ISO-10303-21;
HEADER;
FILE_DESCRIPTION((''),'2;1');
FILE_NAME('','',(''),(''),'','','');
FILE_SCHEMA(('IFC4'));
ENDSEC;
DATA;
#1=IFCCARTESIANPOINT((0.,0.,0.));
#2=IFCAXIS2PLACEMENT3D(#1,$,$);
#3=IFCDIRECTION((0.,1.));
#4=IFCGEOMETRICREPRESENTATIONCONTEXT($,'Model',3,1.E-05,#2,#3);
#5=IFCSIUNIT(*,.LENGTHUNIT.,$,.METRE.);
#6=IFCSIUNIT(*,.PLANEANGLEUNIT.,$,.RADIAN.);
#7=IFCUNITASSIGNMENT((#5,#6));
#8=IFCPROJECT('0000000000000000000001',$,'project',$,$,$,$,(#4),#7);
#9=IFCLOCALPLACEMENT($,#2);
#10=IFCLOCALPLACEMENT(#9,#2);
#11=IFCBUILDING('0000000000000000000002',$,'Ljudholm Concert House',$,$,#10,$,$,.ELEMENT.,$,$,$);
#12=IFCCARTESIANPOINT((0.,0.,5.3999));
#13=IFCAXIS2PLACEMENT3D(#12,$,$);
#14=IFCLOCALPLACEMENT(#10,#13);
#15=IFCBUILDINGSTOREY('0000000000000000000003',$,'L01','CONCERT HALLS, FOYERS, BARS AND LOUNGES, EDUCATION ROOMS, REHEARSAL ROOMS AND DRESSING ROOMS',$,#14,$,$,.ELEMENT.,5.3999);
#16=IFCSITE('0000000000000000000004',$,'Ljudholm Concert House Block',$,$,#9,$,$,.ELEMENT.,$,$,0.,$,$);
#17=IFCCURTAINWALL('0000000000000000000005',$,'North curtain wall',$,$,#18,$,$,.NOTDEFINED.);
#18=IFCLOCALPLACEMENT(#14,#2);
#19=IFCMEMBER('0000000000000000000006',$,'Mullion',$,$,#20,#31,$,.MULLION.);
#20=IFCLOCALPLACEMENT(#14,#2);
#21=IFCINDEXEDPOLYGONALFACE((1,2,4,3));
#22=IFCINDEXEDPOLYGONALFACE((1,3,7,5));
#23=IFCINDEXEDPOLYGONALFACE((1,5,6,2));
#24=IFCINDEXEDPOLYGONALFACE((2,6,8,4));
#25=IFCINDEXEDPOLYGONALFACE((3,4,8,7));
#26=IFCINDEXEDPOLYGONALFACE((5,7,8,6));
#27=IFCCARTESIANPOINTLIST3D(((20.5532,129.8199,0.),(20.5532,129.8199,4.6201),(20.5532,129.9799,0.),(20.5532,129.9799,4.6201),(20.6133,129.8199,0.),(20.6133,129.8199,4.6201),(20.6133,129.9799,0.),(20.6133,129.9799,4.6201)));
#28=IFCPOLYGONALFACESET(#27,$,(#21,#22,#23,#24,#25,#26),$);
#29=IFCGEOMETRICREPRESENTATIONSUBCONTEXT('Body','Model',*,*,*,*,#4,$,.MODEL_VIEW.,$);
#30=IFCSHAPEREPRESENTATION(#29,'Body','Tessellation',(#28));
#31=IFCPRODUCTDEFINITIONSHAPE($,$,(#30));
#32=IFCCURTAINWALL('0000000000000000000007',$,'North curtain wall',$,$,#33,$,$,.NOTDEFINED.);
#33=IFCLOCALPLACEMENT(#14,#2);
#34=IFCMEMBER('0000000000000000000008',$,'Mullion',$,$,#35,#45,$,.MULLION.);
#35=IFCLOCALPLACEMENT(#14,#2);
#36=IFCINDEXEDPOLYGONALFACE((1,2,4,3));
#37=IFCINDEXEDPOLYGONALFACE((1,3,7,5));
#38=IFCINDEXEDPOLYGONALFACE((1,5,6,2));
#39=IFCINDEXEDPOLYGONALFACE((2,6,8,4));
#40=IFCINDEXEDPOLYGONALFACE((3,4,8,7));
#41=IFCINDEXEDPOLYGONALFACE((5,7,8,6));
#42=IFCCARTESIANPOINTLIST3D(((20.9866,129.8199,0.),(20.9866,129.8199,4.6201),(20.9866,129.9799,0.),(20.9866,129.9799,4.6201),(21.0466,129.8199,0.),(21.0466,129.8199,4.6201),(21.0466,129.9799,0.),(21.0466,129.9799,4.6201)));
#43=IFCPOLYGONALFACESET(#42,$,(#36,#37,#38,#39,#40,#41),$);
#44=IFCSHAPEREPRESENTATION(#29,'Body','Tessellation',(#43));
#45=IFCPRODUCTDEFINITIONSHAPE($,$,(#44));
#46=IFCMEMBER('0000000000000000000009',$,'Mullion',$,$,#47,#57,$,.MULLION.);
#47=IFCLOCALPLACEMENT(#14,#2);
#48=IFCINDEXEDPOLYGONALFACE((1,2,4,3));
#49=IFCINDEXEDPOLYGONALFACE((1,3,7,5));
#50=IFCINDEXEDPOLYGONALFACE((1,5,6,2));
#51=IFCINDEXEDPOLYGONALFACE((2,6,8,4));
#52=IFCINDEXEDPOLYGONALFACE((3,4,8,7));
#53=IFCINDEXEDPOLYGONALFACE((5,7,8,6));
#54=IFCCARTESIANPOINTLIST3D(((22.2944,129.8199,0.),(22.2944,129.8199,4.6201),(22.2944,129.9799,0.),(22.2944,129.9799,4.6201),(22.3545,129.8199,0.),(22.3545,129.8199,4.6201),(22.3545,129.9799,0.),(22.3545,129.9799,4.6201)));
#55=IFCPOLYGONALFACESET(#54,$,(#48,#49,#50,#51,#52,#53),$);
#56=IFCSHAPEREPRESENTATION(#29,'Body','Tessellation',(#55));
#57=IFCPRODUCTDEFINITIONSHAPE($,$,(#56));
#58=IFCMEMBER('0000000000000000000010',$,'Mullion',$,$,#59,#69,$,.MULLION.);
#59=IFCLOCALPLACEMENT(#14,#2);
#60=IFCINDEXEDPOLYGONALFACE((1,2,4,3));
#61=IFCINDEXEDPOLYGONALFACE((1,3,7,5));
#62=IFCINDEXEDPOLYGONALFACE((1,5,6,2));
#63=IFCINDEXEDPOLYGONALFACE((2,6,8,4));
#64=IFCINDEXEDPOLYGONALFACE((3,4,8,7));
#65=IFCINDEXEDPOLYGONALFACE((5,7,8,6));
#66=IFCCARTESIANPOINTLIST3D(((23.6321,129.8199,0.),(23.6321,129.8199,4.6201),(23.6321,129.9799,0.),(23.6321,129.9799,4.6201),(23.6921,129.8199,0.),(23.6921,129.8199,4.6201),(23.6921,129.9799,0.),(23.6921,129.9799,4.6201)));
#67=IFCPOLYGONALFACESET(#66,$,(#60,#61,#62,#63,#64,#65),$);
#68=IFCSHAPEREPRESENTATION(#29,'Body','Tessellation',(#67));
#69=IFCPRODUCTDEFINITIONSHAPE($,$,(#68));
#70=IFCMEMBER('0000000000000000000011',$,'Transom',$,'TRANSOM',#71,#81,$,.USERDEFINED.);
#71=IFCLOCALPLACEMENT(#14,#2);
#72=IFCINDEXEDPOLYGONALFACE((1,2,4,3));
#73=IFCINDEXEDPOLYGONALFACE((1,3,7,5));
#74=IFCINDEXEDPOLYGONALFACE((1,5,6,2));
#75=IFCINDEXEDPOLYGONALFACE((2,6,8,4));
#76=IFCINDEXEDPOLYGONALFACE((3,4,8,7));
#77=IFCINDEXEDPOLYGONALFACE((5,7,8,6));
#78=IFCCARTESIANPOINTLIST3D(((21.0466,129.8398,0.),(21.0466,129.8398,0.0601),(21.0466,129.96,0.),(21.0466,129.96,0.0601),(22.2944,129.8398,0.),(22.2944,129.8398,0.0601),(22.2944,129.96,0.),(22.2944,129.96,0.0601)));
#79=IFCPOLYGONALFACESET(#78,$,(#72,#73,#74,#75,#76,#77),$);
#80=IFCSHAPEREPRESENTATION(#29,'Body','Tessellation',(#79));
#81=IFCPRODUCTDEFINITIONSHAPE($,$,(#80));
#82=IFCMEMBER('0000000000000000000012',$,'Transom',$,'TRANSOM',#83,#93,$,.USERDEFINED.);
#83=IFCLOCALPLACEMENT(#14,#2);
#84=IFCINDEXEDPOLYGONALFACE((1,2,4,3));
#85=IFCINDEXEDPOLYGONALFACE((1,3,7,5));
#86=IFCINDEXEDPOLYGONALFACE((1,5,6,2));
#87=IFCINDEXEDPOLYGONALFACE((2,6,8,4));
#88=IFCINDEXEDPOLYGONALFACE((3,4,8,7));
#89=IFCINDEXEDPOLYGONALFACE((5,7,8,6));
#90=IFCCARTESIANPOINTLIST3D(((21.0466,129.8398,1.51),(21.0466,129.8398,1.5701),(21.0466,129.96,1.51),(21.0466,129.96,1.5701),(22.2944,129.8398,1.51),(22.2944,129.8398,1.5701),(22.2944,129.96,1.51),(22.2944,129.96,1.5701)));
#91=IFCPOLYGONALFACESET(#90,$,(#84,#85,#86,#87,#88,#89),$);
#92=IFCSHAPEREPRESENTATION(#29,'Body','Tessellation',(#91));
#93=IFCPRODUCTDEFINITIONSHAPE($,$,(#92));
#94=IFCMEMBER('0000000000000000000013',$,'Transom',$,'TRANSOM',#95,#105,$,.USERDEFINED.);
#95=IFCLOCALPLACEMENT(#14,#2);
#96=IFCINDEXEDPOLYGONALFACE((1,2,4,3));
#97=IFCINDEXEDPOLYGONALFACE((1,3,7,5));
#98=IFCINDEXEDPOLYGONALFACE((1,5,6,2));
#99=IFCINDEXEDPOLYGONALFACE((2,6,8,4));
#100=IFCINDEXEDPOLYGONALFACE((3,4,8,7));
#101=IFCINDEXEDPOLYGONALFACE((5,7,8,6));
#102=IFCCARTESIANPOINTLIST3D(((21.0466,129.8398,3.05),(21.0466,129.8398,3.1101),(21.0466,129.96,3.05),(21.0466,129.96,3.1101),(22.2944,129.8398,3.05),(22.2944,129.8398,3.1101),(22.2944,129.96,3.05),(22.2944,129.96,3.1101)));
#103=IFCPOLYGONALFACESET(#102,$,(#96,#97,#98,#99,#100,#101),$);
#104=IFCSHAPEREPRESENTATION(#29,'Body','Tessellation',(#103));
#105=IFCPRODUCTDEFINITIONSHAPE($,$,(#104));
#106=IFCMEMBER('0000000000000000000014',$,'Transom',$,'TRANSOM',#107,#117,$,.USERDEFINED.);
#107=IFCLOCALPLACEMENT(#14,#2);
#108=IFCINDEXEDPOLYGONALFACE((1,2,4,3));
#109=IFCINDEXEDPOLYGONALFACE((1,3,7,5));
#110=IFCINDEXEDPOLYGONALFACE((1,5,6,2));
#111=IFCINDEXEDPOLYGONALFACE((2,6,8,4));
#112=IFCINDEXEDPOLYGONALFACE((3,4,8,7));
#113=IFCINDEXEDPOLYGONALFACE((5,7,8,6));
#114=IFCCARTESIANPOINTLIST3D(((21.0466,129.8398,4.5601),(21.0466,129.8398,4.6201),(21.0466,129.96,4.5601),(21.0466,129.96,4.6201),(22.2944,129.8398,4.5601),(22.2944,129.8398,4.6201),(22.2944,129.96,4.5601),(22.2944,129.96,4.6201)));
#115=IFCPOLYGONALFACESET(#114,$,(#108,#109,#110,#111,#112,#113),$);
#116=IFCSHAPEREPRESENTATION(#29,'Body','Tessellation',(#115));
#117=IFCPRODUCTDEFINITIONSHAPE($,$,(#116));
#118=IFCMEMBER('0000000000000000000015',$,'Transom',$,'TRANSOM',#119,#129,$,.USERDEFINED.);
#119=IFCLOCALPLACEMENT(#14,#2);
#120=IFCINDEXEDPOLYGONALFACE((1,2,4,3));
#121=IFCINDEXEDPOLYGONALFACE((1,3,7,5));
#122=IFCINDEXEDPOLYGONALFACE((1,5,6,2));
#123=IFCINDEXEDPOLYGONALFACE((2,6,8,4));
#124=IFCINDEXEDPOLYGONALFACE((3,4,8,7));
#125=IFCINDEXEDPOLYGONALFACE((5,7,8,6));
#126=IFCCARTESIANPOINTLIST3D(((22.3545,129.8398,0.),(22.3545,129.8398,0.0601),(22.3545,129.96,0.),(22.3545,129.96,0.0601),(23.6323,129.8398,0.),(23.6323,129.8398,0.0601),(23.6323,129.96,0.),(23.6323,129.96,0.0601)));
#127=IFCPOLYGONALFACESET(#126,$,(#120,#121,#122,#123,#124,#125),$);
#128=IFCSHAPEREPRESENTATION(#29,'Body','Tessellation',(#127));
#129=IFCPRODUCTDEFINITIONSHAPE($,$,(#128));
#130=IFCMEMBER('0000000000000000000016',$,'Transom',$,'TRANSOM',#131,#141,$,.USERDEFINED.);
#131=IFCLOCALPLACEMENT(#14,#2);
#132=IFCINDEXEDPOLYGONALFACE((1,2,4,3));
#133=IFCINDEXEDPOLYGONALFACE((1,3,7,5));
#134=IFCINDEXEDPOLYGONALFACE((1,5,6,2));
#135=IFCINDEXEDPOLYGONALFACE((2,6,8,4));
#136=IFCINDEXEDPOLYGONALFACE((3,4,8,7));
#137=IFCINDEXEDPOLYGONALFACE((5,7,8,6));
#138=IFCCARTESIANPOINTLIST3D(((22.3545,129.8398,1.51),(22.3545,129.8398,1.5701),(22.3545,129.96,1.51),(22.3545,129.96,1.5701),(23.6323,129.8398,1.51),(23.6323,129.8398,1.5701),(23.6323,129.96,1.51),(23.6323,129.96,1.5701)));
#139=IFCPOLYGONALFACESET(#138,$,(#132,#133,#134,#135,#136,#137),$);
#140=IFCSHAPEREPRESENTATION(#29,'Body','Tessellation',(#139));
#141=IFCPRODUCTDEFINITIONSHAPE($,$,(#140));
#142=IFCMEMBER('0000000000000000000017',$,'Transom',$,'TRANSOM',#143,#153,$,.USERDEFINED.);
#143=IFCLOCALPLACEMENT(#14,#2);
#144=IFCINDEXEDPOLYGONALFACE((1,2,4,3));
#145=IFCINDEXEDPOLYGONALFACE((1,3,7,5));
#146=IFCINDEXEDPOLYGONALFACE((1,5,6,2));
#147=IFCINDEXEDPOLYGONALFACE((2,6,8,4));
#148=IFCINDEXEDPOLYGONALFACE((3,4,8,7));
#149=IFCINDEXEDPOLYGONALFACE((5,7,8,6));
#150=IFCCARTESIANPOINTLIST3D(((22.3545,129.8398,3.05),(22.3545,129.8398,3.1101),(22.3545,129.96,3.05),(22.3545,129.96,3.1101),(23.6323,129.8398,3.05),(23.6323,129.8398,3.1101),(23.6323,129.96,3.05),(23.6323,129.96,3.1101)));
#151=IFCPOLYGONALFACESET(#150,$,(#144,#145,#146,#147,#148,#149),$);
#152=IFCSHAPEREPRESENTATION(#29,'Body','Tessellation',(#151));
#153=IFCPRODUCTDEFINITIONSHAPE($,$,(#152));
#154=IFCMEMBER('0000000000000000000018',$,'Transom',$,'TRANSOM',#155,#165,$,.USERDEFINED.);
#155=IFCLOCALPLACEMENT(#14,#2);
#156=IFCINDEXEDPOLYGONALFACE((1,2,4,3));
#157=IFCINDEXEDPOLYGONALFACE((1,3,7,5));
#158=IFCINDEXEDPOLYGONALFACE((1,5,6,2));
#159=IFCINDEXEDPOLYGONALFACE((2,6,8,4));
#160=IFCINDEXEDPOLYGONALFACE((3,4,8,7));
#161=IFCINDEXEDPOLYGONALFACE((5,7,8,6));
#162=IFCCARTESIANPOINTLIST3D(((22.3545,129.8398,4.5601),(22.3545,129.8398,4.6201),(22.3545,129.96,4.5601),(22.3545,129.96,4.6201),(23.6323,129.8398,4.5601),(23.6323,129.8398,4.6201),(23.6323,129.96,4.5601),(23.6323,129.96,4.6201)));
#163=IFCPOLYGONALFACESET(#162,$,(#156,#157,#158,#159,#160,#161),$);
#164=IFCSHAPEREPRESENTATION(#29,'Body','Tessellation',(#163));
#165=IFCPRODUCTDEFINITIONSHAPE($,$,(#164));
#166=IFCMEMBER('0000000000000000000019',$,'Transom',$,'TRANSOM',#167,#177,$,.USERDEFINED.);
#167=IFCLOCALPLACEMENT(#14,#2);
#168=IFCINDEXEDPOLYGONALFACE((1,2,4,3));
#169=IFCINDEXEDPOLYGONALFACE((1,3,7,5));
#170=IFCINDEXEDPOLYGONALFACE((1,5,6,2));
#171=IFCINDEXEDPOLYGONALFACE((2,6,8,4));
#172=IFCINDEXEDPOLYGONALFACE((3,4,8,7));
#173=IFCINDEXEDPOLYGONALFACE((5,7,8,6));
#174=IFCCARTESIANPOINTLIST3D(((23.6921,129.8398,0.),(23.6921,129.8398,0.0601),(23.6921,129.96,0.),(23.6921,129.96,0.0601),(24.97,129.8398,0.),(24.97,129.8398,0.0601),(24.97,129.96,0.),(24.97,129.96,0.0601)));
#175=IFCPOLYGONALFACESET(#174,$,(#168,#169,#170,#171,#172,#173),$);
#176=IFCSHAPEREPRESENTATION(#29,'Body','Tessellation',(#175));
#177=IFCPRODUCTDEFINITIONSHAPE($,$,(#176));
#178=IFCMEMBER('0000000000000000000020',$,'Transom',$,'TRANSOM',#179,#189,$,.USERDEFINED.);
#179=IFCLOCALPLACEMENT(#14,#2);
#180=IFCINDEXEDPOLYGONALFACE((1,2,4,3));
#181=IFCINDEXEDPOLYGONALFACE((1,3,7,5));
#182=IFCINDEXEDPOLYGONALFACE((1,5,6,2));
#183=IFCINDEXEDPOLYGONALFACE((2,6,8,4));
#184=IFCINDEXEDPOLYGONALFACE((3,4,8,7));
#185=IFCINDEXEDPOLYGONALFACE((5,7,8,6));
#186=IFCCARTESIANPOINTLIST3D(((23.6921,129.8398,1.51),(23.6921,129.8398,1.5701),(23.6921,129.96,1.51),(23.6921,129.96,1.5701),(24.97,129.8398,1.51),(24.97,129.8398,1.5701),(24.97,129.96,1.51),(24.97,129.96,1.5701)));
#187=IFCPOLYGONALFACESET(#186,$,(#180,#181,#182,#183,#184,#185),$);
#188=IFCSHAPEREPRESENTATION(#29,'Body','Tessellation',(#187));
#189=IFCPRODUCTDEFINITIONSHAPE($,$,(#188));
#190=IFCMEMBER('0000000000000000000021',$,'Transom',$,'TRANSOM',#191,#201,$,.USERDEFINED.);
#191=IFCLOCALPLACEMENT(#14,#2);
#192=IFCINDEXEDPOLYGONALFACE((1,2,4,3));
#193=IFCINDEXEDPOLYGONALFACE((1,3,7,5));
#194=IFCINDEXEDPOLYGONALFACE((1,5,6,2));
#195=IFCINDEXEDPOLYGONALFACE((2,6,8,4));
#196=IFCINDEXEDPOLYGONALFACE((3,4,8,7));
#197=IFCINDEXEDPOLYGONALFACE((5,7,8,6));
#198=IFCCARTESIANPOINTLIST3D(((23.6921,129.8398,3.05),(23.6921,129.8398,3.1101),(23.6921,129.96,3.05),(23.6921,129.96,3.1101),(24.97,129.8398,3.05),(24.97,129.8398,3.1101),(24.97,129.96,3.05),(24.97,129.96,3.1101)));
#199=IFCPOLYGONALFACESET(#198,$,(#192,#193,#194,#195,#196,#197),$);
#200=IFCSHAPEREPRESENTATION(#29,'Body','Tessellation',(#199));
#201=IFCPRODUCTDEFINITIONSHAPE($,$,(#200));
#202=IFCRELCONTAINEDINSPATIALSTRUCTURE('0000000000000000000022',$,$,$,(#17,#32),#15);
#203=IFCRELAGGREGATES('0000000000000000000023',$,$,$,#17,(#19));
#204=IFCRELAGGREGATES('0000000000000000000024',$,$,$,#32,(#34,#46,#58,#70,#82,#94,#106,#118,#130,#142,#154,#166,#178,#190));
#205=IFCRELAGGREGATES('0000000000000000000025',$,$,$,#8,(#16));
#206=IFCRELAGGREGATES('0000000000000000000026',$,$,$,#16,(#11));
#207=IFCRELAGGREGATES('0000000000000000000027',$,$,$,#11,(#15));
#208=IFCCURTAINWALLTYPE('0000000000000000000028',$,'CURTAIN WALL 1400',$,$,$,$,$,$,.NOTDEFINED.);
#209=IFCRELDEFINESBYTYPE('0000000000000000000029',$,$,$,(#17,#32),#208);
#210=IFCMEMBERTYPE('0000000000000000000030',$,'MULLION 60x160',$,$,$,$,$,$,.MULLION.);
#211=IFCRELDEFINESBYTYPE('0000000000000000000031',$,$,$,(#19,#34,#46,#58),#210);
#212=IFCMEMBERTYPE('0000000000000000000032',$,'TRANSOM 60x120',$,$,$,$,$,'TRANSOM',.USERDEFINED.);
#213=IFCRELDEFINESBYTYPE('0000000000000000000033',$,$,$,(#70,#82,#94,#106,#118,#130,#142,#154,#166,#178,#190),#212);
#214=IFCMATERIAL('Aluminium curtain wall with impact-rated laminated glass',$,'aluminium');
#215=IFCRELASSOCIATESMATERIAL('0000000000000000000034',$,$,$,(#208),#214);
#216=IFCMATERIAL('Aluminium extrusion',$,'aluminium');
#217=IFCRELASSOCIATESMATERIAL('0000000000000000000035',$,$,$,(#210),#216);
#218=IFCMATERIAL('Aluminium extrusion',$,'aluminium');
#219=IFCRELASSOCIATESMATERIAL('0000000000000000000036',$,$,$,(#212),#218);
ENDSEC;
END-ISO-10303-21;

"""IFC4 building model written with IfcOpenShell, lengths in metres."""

from ifc_helpers import new_model, si_unit, direction, frame, origin, origin_2d, place, context, subcontext, project, spatial, rectangle, extrude, material, material_profile, profile_set, type_object, element, aggregate, save


model = new_model("IFC4")

# Units and contexts
model_context = context("Model", 3, precision=1e-05, world=origin(), true_north=direction((0.0, 1.0)))
body_context = subcontext(model_context, "Body", "Model", "MODEL_VIEW")
ifc_project = project(units=[si_unit("LENGTHUNIT", "METRE"), si_unit("PLANEANGLEUNIT", "RADIAN")], contexts=[model_context])

# Site, building, storey
site_placement = place(None, origin())
site = spatial("IfcSite", under=ifc_project, at=site_placement, Name="Ljudholm Concert House Block", CompositionType="ELEMENT", RefElevation=0.0)
building_placement = place(site_placement, origin())
building = spatial("IfcBuilding", under=site, at=building_placement, Name="Ljudholm Concert House", CompositionType="ELEMENT")
storey_placement = place(building_placement, frame((0.0, 0.0, 5.3999)))
storey = spatial("IfcBuildingStorey", under=building, at=storey_placement, Name="L01", Description="CONCERT HALLS, FOYERS, BARS AND LOUNGES, EDUCATION ROOMS, REHEARSAL ROOMS AND DRESSING ROOMS", CompositionType="ELEMENT", Elevation=5.3999)

# Curtain wall, member
ifc_material_1 = material(Name="Aluminium curtain wall with impact-rated laminated glass", Category="aluminium")
curtain_wall_type = type_object("IfcCurtainWallType", Name="CURTAIN WALL 1400", PredefinedType="NOTDEFINED", material=ifc_material_1)
curtain_wall_1_placement = place(storey_placement, origin())
curtain_wall_1 = element("IfcCurtainWall", 1, at=curtain_wall_1_placement, inside=storey, type_object=curtain_wall_type, Name="North curtain wall", PredefinedType="NOTDEFINED")
ifc_material_2 = material(Name="Aluminium extrusion", Category="aluminium")
ifc_material_profile_1 = material_profile(ifc_material_2, rectangle(XDim=0.1599, YDim=0.0601, at=origin_2d()), Name="MULLION 60x160")
ifc_profile_set_1 = profile_set([ifc_material_profile_1], Name="Aluminium extrusion")
member_type_1 = type_object("IfcMemberType", Name="MULLION 60x160", PredefinedType="MULLION", material=ifc_profile_set_1)
member_1_placement = place(storey_placement, frame((20.5833, 129.8999, 0.0), z_axis=(0.0, 0.0, 1.0), x_axis=(0.0, 1.0, 0.0)))
member_1 = element("IfcMember", 2, at=member_1_placement, type_object=member_type_1, Name="Mullion", PredefinedType="MULLION", context=body_context, shape_type="SweptSolid", body=[
    extrude(rectangle(XDim=0.1599, YDim=0.0601, at=origin_2d()), origin(), (0.0, 0.0, 1.0), 4.6201),
])

# Curtain wall, members
curtain_wall_2_placement = place(storey_placement, origin())
curtain_wall_2 = element("IfcCurtainWall", 3, at=curtain_wall_2_placement, inside=storey, type_object=curtain_wall_type, Name="North curtain wall", PredefinedType="NOTDEFINED")
member_2_placement = place(storey_placement, frame((21.0166, 129.8999, 0.0), z_axis=(0.0, 0.0, 1.0), x_axis=(0.0, 1.0, 0.0)))
member_2 = element("IfcMember", 4, at=member_2_placement, type_object=member_type_1, Name="Mullion", PredefinedType="MULLION", context=body_context, shape_type="SweptSolid", body=[
    extrude(rectangle(XDim=0.1599, YDim=0.0601, at=origin_2d()), origin(), (0.0, 0.0, 1.0), 4.6201),
])
member_3_placement = place(storey_placement, frame((22.3245, 129.8999, 0.0), z_axis=(0.0, 0.0, 1.0), x_axis=(0.0, 1.0, 0.0)))
member_3 = element("IfcMember", 5, at=member_3_placement, type_object=member_type_1, Name="Mullion", PredefinedType="MULLION", context=body_context, shape_type="SweptSolid", body=[
    extrude(rectangle(XDim=0.1599, YDim=0.0601, at=origin_2d()), origin(), (0.0, 0.0, 1.0), 4.6201),
])
member_4_placement = place(storey_placement, frame((23.6621, 129.8999, 0.0), z_axis=(0.0, 0.0, 1.0), x_axis=(0.0, 1.0, 0.0)))
member_4 = element("IfcMember", 6, at=member_4_placement, type_object=member_type_1, Name="Mullion", PredefinedType="MULLION", context=body_context, shape_type="SweptSolid", body=[
    extrude(rectangle(XDim=0.1599, YDim=0.0601, at=origin_2d()), origin(), (0.0, 0.0, 1.0), 4.6201),
])
ifc_material_3 = material(Name="Aluminium extrusion", Category="aluminium")
ifc_material_profile_2 = material_profile(ifc_material_3, rectangle(XDim=0.1201, YDim=0.0601, at=origin_2d()), Name="TRANSOM 60x120")
ifc_profile_set_2 = profile_set([ifc_material_profile_2], Name="Aluminium extrusion")
member_type_2 = type_object("IfcMemberType", Name="TRANSOM 60x120", ElementType="TRANSOM", PredefinedType="USERDEFINED", material=ifc_profile_set_2)
member_5_placement = place(storey_placement, frame((21.0466, 129.8999, 0.03), z_axis=(1.0, 0.0, 0.0), x_axis=(0.0, 1.0, 0.0)))
member_5 = element("IfcMember", 7, at=member_5_placement, type_object=member_type_2, Name="Transom", ObjectType="TRANSOM", PredefinedType="USERDEFINED", context=body_context, shape_type="SweptSolid", body=[
    extrude(rectangle(XDim=0.1201, YDim=0.0601, at=origin_2d()), origin(), (0.0, 0.0, 1.0), 1.2478),
])
member_6_placement = place(storey_placement, frame((21.0466, 129.8999, 1.54), z_axis=(1.0, 0.0, 0.0), x_axis=(0.0, 1.0, 0.0)))
member_6 = element("IfcMember", 8, at=member_6_placement, type_object=member_type_2, Name="Transom", ObjectType="TRANSOM", PredefinedType="USERDEFINED", context=body_context, shape_type="SweptSolid", body=[
    extrude(rectangle(XDim=0.1201, YDim=0.0601, at=origin_2d()), origin(), (0.0, 0.0, 1.0), 1.2478),
])
member_7_placement = place(storey_placement, frame((21.0466, 129.8999, 3.0801), z_axis=(1.0, 0.0, 0.0), x_axis=(0.0, 1.0, 0.0)))
member_7 = element("IfcMember", 9, at=member_7_placement, type_object=member_type_2, Name="Transom", ObjectType="TRANSOM", PredefinedType="USERDEFINED", context=body_context, shape_type="SweptSolid", body=[
    extrude(rectangle(XDim=0.1201, YDim=0.0601, at=origin_2d()), origin(), (0.0, 0.0, 1.0), 1.2478),
])
member_8_placement = place(storey_placement, frame((21.0466, 129.8999, 4.5901), z_axis=(1.0, 0.0, 0.0), x_axis=(0.0, 1.0, 0.0)))
member_8 = element("IfcMember", 10, at=member_8_placement, type_object=member_type_2, Name="Transom", ObjectType="TRANSOM", PredefinedType="USERDEFINED", context=body_context, shape_type="SweptSolid", body=[
    extrude(rectangle(XDim=0.1201, YDim=0.0601, at=origin_2d()), origin(), (0.0, 0.0, 1.0), 1.2478),
])
member_9_placement = place(storey_placement, frame((22.3545, 129.8999, 0.03), z_axis=(1.0, 0.0, 0.0), x_axis=(0.0, 1.0, 0.0)))
member_9 = element("IfcMember", 11, at=member_9_placement, type_object=member_type_2, Name="Transom", ObjectType="TRANSOM", PredefinedType="USERDEFINED", context=body_context, shape_type="SweptSolid", body=[
    extrude(rectangle(XDim=0.1201, YDim=0.0601, at=origin_2d()), origin(), (0.0, 0.0, 1.0), 1.2778),
])
member_10_placement = place(storey_placement, frame((22.3545, 129.8999, 1.54), z_axis=(1.0, 0.0, 0.0), x_axis=(0.0, 1.0, 0.0)))
member_10 = element("IfcMember", 12, at=member_10_placement, type_object=member_type_2, Name="Transom", ObjectType="TRANSOM", PredefinedType="USERDEFINED", context=body_context, shape_type="SweptSolid", body=[
    extrude(rectangle(XDim=0.1201, YDim=0.0601, at=origin_2d()), origin(), (0.0, 0.0, 1.0), 1.2778),
])
member_11_placement = place(storey_placement, frame((22.3545, 129.8999, 3.0801), z_axis=(1.0, 0.0, 0.0), x_axis=(0.0, 1.0, 0.0)))
member_11 = element("IfcMember", 13, at=member_11_placement, type_object=member_type_2, Name="Transom", ObjectType="TRANSOM", PredefinedType="USERDEFINED", context=body_context, shape_type="SweptSolid", body=[
    extrude(rectangle(XDim=0.1201, YDim=0.0601, at=origin_2d()), origin(), (0.0, 0.0, 1.0), 1.2778),
])
member_12_placement = place(storey_placement, frame((22.3545, 129.8999, 4.5901), z_axis=(1.0, 0.0, 0.0), x_axis=(0.0, 1.0, 0.0)))
member_12 = element("IfcMember", 14, at=member_12_placement, type_object=member_type_2, Name="Transom", ObjectType="TRANSOM", PredefinedType="USERDEFINED", context=body_context, shape_type="SweptSolid", body=[
    extrude(rectangle(XDim=0.1201, YDim=0.0601, at=origin_2d()), origin(), (0.0, 0.0, 1.0), 1.2778),
])
member_13_placement = place(storey_placement, frame((23.6921, 129.8999, 0.03), z_axis=(1.0, 0.0, 0.0), x_axis=(0.0, 1.0, 0.0)))
member_13 = element("IfcMember", 15, at=member_13_placement, type_object=member_type_2, Name="Transom", ObjectType="TRANSOM", PredefinedType="USERDEFINED", context=body_context, shape_type="SweptSolid", body=[
    extrude(rectangle(XDim=0.1201, YDim=0.0601, at=origin_2d()), origin(), (0.0, 0.0, 1.0), 1.2778),
])
member_14_placement = place(storey_placement, frame((23.6921, 129.8999, 1.54), z_axis=(1.0, 0.0, 0.0), x_axis=(0.0, 1.0, 0.0)))
member_14 = element("IfcMember", 16, at=member_14_placement, type_object=member_type_2, Name="Transom", ObjectType="TRANSOM", PredefinedType="USERDEFINED", context=body_context, shape_type="SweptSolid", body=[
    extrude(rectangle(XDim=0.1201, YDim=0.0601, at=origin_2d()), origin(), (0.0, 0.0, 1.0), 1.2778),
])
member_15_placement = place(storey_placement, frame((23.6921, 129.8999, 3.0801), z_axis=(1.0, 0.0, 0.0), x_axis=(0.0, 1.0, 0.0)))
member_15 = element("IfcMember", 17, at=member_15_placement, type_object=member_type_2, Name="Transom", ObjectType="TRANSOM", PredefinedType="USERDEFINED", context=body_context, shape_type="SweptSolid", body=[
    extrude(rectangle(XDim=0.1201, YDim=0.0601, at=origin_2d()), origin(), (0.0, 0.0, 1.0), 1.2778),
])

aggregate(curtain_wall_1, [member_1])
aggregate(curtain_wall_2, [member_2, member_3, member_4, member_5, member_6, member_7, member_8, member_9, member_10, member_11, member_12, member_13, member_14, member_15])

save(model, "model.ifc")
